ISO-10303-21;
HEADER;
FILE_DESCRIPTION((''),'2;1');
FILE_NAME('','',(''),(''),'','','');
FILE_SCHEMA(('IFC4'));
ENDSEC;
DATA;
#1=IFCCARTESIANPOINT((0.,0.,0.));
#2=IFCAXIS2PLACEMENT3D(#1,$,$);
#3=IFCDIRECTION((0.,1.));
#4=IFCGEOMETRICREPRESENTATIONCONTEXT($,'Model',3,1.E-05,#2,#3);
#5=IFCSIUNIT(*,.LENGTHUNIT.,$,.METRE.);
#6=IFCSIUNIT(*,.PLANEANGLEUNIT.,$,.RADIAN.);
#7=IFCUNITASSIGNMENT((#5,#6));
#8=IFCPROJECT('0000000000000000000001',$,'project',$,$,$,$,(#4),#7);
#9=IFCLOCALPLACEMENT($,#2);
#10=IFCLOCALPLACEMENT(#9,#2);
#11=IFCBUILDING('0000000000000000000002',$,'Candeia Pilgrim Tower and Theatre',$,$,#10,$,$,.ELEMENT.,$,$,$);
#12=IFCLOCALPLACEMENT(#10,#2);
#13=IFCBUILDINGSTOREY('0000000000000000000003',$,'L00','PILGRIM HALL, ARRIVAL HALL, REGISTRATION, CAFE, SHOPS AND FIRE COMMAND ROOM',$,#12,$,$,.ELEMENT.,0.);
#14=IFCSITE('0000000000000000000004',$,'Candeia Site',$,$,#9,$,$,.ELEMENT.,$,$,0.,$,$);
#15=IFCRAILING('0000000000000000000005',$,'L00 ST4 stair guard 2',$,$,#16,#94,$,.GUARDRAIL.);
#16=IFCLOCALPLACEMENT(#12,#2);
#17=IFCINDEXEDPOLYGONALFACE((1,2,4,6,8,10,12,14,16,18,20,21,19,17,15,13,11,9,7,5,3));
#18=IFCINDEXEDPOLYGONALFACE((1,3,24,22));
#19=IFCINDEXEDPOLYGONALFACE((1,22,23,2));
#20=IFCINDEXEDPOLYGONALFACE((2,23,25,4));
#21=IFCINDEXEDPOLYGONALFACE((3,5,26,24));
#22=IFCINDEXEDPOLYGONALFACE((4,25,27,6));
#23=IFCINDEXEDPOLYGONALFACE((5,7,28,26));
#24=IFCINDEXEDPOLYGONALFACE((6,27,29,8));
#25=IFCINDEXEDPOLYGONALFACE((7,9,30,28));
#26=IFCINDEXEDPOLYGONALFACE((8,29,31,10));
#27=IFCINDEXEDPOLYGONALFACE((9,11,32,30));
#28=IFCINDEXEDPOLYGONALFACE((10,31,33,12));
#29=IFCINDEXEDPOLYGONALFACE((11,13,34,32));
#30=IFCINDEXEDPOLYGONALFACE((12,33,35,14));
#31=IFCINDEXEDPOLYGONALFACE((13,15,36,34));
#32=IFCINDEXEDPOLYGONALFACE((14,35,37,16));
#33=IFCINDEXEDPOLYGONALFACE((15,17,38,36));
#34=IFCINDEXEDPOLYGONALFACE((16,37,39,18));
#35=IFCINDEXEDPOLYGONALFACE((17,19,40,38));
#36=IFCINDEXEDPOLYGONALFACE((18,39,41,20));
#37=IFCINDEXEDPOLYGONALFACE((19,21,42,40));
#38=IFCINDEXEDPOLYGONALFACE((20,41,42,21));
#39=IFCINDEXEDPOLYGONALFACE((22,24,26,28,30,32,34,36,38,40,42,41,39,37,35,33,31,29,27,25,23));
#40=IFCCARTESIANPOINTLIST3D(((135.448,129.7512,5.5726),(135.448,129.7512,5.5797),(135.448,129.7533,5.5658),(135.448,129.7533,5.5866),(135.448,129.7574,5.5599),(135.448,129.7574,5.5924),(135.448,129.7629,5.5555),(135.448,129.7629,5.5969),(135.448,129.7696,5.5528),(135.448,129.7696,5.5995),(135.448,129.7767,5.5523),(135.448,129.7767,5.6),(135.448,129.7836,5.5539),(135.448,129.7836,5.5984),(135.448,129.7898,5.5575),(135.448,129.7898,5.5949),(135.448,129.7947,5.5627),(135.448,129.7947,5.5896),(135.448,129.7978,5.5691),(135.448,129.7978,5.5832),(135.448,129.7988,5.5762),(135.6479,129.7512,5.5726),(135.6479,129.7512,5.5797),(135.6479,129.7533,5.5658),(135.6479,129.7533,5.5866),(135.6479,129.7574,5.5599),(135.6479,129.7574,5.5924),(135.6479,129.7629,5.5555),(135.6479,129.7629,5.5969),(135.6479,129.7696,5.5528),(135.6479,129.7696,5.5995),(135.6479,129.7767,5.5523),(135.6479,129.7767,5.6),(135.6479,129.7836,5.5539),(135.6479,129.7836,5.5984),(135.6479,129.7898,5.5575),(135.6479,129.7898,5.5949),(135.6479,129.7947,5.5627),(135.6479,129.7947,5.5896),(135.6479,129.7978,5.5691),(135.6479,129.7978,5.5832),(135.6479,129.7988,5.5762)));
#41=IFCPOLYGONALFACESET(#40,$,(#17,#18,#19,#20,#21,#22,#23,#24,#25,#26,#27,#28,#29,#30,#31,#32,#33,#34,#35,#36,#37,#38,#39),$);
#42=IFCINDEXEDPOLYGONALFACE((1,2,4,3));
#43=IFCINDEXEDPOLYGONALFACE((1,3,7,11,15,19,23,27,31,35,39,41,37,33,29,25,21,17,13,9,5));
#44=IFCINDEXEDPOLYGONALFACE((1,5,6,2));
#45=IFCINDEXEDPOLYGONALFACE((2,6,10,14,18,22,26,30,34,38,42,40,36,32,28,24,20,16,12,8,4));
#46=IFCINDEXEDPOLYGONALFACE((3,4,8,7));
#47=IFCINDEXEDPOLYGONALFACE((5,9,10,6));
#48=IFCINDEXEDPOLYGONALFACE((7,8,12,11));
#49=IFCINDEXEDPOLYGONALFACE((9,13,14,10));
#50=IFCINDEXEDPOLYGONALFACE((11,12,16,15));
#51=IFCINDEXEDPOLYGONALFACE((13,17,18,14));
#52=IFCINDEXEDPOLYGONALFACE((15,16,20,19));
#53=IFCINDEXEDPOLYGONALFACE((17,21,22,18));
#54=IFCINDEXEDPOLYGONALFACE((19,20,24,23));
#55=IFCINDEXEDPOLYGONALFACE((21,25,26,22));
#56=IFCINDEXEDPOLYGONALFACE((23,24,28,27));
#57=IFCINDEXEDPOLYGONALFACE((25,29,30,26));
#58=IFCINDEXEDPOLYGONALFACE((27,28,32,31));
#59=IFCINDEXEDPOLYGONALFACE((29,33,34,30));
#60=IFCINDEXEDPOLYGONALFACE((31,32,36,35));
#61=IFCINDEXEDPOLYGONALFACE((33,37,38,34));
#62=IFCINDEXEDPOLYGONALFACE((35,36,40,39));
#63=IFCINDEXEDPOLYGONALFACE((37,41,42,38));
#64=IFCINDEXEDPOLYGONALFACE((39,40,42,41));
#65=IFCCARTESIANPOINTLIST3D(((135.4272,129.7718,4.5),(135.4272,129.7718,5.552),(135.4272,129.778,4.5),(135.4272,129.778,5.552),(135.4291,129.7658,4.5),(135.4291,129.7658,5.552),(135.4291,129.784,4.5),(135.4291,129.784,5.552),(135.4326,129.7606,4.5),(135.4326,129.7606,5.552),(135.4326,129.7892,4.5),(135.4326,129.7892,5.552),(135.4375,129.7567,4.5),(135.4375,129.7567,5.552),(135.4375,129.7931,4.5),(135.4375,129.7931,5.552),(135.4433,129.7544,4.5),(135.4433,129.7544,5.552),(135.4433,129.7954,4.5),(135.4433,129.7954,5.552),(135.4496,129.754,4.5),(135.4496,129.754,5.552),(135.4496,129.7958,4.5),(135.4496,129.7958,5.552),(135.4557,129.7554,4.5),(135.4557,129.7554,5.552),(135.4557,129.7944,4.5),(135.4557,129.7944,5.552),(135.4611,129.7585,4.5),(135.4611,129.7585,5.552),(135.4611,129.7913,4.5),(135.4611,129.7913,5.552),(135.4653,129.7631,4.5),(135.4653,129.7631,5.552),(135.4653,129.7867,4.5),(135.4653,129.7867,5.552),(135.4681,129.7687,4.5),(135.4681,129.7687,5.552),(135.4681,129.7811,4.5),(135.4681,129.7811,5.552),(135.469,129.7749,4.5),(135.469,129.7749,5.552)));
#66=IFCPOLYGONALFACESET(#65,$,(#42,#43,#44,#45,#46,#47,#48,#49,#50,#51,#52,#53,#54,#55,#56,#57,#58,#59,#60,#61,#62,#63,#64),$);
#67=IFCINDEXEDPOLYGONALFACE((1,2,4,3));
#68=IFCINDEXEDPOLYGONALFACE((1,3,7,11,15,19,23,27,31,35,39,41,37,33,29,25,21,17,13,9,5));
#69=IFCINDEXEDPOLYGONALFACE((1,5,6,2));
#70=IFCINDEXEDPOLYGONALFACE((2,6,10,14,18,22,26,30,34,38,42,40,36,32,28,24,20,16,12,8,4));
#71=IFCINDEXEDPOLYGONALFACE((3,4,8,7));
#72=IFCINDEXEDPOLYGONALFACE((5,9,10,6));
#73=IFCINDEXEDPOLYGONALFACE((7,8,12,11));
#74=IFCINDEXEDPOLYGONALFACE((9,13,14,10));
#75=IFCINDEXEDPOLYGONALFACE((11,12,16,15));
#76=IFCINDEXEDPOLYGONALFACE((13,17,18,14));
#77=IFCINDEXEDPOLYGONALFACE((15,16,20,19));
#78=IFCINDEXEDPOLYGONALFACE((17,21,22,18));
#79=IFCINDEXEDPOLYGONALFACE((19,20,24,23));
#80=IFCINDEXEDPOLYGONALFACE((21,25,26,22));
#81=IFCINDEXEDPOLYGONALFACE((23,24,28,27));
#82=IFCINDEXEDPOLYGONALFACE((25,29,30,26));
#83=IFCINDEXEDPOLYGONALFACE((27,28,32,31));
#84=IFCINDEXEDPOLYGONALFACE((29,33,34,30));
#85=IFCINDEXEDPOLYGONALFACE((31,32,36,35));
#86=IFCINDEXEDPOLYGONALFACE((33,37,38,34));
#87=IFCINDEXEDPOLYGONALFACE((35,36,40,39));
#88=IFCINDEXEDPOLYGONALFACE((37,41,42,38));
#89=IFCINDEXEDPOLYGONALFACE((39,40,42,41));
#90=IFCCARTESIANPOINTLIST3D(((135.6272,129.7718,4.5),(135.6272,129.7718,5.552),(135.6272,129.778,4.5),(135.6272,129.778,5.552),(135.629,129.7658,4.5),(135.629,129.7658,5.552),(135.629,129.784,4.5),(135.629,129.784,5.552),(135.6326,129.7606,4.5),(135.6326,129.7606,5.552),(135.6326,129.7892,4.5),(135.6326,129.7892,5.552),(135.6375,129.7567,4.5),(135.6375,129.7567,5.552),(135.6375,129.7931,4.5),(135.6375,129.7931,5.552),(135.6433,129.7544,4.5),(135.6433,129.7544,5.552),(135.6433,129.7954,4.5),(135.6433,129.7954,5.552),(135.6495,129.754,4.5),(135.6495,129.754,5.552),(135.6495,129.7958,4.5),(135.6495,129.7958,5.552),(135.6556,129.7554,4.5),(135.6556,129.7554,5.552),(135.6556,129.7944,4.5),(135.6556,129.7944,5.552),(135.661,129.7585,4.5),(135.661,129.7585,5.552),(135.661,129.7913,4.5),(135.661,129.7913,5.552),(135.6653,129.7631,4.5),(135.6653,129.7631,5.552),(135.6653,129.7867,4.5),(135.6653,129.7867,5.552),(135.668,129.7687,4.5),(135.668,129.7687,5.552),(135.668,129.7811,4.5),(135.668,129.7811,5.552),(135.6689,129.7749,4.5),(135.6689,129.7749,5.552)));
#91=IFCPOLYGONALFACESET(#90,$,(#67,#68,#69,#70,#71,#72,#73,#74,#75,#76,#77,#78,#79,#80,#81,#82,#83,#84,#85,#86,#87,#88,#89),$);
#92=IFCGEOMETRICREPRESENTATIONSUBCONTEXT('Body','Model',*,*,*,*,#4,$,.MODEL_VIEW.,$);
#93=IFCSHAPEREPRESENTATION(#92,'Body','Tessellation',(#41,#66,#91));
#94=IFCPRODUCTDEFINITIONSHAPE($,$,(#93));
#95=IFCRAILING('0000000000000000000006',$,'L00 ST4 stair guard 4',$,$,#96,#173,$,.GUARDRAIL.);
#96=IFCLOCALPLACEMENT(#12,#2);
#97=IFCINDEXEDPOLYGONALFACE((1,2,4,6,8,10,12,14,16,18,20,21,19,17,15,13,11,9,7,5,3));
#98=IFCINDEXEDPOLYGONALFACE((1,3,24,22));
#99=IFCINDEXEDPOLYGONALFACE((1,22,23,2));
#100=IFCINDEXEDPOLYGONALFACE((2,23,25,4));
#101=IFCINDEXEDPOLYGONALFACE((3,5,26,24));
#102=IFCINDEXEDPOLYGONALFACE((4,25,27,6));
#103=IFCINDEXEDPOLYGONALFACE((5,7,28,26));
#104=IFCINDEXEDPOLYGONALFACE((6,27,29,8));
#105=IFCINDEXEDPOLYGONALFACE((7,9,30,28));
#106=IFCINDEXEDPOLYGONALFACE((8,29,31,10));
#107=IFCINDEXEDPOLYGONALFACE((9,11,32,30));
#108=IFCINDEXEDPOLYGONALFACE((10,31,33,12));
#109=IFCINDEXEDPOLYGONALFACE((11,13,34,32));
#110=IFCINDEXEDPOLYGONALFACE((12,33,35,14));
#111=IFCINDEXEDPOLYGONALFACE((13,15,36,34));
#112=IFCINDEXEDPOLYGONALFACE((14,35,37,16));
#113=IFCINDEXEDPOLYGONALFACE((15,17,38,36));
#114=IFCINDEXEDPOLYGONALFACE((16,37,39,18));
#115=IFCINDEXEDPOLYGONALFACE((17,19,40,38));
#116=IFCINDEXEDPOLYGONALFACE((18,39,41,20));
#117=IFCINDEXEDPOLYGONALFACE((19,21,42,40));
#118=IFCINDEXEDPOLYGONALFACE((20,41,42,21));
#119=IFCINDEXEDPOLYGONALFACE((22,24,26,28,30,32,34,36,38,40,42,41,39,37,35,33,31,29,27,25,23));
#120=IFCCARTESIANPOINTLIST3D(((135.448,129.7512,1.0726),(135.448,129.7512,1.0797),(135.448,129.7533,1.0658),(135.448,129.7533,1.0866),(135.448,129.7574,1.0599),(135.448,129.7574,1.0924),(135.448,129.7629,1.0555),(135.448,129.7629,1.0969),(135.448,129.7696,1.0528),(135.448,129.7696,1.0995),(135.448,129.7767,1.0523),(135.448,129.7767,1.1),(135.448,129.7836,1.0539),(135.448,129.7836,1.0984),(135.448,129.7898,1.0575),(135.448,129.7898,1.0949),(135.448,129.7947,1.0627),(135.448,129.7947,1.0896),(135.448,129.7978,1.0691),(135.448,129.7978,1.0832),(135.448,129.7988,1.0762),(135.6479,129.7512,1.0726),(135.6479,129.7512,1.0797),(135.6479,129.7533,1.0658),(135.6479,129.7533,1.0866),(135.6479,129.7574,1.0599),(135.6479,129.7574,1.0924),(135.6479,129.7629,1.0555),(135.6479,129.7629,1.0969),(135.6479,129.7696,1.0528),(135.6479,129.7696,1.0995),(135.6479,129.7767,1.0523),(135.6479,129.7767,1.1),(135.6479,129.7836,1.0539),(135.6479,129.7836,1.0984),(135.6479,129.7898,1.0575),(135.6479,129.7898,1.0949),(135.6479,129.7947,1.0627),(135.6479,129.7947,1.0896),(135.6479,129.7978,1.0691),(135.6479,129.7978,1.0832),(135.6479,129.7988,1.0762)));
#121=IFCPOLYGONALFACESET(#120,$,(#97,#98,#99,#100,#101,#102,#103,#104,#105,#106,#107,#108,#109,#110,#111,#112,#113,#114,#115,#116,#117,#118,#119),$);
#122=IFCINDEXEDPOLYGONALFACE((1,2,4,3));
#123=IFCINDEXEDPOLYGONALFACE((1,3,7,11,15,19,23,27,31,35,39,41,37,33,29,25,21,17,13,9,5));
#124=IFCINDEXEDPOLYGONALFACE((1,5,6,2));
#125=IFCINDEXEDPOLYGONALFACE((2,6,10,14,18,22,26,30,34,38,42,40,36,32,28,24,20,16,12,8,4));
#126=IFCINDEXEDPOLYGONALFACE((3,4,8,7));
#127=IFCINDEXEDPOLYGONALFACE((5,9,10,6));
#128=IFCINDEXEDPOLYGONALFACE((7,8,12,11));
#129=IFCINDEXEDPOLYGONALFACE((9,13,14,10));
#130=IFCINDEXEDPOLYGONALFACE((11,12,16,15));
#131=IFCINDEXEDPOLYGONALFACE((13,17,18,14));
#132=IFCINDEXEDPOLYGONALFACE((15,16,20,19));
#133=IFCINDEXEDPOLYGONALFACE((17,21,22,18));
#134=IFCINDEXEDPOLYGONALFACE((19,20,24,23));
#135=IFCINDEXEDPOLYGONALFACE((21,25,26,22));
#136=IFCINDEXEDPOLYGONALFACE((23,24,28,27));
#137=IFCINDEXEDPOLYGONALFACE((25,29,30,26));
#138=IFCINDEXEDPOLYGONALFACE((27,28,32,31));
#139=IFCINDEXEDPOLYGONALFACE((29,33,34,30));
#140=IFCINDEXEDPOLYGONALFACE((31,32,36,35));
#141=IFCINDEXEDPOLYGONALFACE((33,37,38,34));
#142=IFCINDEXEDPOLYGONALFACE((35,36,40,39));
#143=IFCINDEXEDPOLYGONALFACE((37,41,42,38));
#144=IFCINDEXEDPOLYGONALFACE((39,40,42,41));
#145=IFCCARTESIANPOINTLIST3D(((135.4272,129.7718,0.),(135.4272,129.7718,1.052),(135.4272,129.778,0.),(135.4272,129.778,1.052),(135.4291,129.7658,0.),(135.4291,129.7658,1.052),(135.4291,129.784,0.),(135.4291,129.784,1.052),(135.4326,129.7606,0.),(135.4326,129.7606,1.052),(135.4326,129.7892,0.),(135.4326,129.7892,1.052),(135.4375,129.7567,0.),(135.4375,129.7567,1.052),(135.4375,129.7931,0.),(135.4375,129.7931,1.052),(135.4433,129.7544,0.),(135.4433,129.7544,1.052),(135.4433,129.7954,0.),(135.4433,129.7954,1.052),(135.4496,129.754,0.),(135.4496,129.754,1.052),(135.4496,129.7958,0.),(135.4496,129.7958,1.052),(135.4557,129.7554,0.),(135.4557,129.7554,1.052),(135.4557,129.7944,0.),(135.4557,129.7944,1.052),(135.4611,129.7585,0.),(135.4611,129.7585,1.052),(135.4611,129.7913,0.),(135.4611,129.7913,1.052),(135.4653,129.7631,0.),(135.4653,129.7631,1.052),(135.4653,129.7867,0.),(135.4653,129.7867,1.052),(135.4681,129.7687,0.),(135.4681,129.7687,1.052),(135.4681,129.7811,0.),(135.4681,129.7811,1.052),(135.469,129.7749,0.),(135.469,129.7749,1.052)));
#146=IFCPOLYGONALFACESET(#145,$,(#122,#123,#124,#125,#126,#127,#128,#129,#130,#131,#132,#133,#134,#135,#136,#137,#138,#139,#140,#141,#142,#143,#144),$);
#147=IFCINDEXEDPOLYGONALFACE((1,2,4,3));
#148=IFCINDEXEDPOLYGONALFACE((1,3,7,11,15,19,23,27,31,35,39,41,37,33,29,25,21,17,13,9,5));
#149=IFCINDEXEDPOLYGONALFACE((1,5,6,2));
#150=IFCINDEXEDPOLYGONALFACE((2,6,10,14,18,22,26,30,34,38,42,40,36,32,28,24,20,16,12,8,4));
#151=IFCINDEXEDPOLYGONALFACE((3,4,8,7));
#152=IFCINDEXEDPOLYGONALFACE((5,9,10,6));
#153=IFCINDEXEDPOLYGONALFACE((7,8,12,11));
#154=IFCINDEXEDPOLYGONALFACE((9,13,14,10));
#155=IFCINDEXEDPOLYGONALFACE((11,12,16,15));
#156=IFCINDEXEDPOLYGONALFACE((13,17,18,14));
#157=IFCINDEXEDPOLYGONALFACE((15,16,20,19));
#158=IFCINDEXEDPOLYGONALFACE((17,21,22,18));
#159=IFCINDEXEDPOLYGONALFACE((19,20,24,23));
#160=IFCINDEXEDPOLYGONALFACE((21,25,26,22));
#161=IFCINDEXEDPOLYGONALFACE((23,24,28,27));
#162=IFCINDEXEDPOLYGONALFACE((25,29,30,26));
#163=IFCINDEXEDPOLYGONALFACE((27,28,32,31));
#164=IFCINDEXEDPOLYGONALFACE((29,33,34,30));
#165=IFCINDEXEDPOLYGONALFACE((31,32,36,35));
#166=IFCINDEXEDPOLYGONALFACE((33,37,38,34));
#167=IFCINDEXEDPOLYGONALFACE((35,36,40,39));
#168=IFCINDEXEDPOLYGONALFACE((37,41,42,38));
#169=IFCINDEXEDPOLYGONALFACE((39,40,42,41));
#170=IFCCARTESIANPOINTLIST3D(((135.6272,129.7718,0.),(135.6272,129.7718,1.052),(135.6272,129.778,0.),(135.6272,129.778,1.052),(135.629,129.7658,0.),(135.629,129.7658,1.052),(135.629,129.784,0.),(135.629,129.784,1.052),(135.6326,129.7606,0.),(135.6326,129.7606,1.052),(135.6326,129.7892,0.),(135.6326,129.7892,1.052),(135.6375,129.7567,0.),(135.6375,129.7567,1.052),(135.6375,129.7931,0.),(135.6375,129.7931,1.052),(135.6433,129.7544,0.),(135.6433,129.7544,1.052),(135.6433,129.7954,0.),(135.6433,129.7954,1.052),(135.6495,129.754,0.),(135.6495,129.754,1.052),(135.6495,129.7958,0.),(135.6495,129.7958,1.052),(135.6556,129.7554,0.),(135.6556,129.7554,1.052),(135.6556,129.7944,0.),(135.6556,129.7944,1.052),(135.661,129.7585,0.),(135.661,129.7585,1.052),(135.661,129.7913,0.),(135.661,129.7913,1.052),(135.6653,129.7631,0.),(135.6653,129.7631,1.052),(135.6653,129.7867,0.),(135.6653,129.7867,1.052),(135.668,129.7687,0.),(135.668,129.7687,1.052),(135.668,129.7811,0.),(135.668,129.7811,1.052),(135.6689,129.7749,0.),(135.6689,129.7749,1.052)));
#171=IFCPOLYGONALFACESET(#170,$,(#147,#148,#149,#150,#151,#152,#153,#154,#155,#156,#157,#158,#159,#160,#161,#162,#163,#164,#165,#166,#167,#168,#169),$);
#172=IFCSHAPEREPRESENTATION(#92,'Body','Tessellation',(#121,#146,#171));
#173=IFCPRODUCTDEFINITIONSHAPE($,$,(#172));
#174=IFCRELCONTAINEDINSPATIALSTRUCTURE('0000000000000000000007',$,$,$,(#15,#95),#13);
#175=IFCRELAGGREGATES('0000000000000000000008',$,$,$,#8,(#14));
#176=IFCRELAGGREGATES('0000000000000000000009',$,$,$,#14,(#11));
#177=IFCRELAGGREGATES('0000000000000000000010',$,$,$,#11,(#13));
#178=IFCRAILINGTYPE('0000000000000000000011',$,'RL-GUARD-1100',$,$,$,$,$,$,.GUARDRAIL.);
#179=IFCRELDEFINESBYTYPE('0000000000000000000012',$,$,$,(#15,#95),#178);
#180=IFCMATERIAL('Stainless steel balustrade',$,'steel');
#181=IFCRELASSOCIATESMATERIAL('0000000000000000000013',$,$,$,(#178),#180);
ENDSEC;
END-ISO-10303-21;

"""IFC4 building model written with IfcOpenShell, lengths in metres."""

from ifc_helpers import new_model, si_unit, direction, frame, origin, origin_2d, place, context, subcontext, project, spatial, circle, extrude, material, type_object, element, save


model = new_model("IFC4")

# Units and contexts
model_context = context("Model", 3, precision=1e-05, world=origin(), true_north=direction((0.0, 1.0)))
body_context = subcontext(model_context, "Body", "Model", "MODEL_VIEW")
ifc_project = project(units=[si_unit("LENGTHUNIT", "METRE"), si_unit("PLANEANGLEUNIT", "RADIAN")], contexts=[model_context])

# Site, building, storey
site_placement = place(None, origin())
site = spatial("IfcSite", under=ifc_project, at=site_placement, Name="Candeia Site", CompositionType="ELEMENT", RefElevation=0.0)
building_placement = place(site_placement, origin())
building = spatial("IfcBuilding", under=site, at=building_placement, Name="Candeia Pilgrim Tower and Theatre", CompositionType="ELEMENT")
storey_placement = place(building_placement, origin())
storey = spatial("IfcBuildingStorey", under=building, at=storey_placement, Name="L00", Description="PILGRIM HALL, ARRIVAL HALL, REGISTRATION, CAFE, SHOPS AND FIRE COMMAND ROOM", CompositionType="ELEMENT", Elevation=0.0)

# Railings
ifc_material_1 = material(Name="Stainless steel balustrade", Category="steel")
railing_type_1 = type_object("IfcRailingType", Name="RL-GUARD-1100", PredefinedType="GUARDRAIL", material=ifc_material_1)
railing_1_placement = place(storey_placement, frame((135.448, 129.7749, 4.5)))
element("IfcRailing", 1, at=railing_1_placement, inside=storey, type_object=railing_type_1, Name="L00 ST4 stair guard 2", PredefinedType="GUARDRAIL", context=body_context, shape_type="SweptSolid", body=[
    extrude(circle(Radius=0.0239, at=origin_2d()), frame((0.0, 0.0, 1.0762), z_axis=(1.0, 0.0, 0.0), x_axis=(0.0, 1.0, 0.0)), (0.0, 0.0, 1.0), 0.2),
    extrude(circle(Radius=0.021, at=origin_2d()), origin(), (0.0, 0.0, 1.0), 1.052),
    extrude(circle(Radius=0.021, at=origin_2d()), frame((0.2, 0.0, 0.0)), (0.0, 0.0, 1.0), 1.052),
])
railing_2_placement = place(storey_placement, frame((135.448, 129.7749, 0.0)))
element("IfcRailing", 2, at=railing_2_placement, inside=storey, type_object=railing_type_1, Name="L00 ST4 stair guard 4", PredefinedType="GUARDRAIL", context=body_context, shape_type="SweptSolid", body=[
    extrude(circle(Radius=0.0239, at=origin_2d()), frame((0.0, 0.0, 1.0762), z_axis=(1.0, 0.0, 0.0), x_axis=(0.0, 1.0, 0.0)), (0.0, 0.0, 1.0), 0.2),
    extrude(circle(Radius=0.021, at=origin_2d()), origin(), (0.0, 0.0, 1.0), 1.052),
    extrude(circle(Radius=0.021, at=origin_2d()), frame((0.2, 0.0, 0.0)), (0.0, 0.0, 1.0), 1.052),
])

save(model, "model.ifc")
